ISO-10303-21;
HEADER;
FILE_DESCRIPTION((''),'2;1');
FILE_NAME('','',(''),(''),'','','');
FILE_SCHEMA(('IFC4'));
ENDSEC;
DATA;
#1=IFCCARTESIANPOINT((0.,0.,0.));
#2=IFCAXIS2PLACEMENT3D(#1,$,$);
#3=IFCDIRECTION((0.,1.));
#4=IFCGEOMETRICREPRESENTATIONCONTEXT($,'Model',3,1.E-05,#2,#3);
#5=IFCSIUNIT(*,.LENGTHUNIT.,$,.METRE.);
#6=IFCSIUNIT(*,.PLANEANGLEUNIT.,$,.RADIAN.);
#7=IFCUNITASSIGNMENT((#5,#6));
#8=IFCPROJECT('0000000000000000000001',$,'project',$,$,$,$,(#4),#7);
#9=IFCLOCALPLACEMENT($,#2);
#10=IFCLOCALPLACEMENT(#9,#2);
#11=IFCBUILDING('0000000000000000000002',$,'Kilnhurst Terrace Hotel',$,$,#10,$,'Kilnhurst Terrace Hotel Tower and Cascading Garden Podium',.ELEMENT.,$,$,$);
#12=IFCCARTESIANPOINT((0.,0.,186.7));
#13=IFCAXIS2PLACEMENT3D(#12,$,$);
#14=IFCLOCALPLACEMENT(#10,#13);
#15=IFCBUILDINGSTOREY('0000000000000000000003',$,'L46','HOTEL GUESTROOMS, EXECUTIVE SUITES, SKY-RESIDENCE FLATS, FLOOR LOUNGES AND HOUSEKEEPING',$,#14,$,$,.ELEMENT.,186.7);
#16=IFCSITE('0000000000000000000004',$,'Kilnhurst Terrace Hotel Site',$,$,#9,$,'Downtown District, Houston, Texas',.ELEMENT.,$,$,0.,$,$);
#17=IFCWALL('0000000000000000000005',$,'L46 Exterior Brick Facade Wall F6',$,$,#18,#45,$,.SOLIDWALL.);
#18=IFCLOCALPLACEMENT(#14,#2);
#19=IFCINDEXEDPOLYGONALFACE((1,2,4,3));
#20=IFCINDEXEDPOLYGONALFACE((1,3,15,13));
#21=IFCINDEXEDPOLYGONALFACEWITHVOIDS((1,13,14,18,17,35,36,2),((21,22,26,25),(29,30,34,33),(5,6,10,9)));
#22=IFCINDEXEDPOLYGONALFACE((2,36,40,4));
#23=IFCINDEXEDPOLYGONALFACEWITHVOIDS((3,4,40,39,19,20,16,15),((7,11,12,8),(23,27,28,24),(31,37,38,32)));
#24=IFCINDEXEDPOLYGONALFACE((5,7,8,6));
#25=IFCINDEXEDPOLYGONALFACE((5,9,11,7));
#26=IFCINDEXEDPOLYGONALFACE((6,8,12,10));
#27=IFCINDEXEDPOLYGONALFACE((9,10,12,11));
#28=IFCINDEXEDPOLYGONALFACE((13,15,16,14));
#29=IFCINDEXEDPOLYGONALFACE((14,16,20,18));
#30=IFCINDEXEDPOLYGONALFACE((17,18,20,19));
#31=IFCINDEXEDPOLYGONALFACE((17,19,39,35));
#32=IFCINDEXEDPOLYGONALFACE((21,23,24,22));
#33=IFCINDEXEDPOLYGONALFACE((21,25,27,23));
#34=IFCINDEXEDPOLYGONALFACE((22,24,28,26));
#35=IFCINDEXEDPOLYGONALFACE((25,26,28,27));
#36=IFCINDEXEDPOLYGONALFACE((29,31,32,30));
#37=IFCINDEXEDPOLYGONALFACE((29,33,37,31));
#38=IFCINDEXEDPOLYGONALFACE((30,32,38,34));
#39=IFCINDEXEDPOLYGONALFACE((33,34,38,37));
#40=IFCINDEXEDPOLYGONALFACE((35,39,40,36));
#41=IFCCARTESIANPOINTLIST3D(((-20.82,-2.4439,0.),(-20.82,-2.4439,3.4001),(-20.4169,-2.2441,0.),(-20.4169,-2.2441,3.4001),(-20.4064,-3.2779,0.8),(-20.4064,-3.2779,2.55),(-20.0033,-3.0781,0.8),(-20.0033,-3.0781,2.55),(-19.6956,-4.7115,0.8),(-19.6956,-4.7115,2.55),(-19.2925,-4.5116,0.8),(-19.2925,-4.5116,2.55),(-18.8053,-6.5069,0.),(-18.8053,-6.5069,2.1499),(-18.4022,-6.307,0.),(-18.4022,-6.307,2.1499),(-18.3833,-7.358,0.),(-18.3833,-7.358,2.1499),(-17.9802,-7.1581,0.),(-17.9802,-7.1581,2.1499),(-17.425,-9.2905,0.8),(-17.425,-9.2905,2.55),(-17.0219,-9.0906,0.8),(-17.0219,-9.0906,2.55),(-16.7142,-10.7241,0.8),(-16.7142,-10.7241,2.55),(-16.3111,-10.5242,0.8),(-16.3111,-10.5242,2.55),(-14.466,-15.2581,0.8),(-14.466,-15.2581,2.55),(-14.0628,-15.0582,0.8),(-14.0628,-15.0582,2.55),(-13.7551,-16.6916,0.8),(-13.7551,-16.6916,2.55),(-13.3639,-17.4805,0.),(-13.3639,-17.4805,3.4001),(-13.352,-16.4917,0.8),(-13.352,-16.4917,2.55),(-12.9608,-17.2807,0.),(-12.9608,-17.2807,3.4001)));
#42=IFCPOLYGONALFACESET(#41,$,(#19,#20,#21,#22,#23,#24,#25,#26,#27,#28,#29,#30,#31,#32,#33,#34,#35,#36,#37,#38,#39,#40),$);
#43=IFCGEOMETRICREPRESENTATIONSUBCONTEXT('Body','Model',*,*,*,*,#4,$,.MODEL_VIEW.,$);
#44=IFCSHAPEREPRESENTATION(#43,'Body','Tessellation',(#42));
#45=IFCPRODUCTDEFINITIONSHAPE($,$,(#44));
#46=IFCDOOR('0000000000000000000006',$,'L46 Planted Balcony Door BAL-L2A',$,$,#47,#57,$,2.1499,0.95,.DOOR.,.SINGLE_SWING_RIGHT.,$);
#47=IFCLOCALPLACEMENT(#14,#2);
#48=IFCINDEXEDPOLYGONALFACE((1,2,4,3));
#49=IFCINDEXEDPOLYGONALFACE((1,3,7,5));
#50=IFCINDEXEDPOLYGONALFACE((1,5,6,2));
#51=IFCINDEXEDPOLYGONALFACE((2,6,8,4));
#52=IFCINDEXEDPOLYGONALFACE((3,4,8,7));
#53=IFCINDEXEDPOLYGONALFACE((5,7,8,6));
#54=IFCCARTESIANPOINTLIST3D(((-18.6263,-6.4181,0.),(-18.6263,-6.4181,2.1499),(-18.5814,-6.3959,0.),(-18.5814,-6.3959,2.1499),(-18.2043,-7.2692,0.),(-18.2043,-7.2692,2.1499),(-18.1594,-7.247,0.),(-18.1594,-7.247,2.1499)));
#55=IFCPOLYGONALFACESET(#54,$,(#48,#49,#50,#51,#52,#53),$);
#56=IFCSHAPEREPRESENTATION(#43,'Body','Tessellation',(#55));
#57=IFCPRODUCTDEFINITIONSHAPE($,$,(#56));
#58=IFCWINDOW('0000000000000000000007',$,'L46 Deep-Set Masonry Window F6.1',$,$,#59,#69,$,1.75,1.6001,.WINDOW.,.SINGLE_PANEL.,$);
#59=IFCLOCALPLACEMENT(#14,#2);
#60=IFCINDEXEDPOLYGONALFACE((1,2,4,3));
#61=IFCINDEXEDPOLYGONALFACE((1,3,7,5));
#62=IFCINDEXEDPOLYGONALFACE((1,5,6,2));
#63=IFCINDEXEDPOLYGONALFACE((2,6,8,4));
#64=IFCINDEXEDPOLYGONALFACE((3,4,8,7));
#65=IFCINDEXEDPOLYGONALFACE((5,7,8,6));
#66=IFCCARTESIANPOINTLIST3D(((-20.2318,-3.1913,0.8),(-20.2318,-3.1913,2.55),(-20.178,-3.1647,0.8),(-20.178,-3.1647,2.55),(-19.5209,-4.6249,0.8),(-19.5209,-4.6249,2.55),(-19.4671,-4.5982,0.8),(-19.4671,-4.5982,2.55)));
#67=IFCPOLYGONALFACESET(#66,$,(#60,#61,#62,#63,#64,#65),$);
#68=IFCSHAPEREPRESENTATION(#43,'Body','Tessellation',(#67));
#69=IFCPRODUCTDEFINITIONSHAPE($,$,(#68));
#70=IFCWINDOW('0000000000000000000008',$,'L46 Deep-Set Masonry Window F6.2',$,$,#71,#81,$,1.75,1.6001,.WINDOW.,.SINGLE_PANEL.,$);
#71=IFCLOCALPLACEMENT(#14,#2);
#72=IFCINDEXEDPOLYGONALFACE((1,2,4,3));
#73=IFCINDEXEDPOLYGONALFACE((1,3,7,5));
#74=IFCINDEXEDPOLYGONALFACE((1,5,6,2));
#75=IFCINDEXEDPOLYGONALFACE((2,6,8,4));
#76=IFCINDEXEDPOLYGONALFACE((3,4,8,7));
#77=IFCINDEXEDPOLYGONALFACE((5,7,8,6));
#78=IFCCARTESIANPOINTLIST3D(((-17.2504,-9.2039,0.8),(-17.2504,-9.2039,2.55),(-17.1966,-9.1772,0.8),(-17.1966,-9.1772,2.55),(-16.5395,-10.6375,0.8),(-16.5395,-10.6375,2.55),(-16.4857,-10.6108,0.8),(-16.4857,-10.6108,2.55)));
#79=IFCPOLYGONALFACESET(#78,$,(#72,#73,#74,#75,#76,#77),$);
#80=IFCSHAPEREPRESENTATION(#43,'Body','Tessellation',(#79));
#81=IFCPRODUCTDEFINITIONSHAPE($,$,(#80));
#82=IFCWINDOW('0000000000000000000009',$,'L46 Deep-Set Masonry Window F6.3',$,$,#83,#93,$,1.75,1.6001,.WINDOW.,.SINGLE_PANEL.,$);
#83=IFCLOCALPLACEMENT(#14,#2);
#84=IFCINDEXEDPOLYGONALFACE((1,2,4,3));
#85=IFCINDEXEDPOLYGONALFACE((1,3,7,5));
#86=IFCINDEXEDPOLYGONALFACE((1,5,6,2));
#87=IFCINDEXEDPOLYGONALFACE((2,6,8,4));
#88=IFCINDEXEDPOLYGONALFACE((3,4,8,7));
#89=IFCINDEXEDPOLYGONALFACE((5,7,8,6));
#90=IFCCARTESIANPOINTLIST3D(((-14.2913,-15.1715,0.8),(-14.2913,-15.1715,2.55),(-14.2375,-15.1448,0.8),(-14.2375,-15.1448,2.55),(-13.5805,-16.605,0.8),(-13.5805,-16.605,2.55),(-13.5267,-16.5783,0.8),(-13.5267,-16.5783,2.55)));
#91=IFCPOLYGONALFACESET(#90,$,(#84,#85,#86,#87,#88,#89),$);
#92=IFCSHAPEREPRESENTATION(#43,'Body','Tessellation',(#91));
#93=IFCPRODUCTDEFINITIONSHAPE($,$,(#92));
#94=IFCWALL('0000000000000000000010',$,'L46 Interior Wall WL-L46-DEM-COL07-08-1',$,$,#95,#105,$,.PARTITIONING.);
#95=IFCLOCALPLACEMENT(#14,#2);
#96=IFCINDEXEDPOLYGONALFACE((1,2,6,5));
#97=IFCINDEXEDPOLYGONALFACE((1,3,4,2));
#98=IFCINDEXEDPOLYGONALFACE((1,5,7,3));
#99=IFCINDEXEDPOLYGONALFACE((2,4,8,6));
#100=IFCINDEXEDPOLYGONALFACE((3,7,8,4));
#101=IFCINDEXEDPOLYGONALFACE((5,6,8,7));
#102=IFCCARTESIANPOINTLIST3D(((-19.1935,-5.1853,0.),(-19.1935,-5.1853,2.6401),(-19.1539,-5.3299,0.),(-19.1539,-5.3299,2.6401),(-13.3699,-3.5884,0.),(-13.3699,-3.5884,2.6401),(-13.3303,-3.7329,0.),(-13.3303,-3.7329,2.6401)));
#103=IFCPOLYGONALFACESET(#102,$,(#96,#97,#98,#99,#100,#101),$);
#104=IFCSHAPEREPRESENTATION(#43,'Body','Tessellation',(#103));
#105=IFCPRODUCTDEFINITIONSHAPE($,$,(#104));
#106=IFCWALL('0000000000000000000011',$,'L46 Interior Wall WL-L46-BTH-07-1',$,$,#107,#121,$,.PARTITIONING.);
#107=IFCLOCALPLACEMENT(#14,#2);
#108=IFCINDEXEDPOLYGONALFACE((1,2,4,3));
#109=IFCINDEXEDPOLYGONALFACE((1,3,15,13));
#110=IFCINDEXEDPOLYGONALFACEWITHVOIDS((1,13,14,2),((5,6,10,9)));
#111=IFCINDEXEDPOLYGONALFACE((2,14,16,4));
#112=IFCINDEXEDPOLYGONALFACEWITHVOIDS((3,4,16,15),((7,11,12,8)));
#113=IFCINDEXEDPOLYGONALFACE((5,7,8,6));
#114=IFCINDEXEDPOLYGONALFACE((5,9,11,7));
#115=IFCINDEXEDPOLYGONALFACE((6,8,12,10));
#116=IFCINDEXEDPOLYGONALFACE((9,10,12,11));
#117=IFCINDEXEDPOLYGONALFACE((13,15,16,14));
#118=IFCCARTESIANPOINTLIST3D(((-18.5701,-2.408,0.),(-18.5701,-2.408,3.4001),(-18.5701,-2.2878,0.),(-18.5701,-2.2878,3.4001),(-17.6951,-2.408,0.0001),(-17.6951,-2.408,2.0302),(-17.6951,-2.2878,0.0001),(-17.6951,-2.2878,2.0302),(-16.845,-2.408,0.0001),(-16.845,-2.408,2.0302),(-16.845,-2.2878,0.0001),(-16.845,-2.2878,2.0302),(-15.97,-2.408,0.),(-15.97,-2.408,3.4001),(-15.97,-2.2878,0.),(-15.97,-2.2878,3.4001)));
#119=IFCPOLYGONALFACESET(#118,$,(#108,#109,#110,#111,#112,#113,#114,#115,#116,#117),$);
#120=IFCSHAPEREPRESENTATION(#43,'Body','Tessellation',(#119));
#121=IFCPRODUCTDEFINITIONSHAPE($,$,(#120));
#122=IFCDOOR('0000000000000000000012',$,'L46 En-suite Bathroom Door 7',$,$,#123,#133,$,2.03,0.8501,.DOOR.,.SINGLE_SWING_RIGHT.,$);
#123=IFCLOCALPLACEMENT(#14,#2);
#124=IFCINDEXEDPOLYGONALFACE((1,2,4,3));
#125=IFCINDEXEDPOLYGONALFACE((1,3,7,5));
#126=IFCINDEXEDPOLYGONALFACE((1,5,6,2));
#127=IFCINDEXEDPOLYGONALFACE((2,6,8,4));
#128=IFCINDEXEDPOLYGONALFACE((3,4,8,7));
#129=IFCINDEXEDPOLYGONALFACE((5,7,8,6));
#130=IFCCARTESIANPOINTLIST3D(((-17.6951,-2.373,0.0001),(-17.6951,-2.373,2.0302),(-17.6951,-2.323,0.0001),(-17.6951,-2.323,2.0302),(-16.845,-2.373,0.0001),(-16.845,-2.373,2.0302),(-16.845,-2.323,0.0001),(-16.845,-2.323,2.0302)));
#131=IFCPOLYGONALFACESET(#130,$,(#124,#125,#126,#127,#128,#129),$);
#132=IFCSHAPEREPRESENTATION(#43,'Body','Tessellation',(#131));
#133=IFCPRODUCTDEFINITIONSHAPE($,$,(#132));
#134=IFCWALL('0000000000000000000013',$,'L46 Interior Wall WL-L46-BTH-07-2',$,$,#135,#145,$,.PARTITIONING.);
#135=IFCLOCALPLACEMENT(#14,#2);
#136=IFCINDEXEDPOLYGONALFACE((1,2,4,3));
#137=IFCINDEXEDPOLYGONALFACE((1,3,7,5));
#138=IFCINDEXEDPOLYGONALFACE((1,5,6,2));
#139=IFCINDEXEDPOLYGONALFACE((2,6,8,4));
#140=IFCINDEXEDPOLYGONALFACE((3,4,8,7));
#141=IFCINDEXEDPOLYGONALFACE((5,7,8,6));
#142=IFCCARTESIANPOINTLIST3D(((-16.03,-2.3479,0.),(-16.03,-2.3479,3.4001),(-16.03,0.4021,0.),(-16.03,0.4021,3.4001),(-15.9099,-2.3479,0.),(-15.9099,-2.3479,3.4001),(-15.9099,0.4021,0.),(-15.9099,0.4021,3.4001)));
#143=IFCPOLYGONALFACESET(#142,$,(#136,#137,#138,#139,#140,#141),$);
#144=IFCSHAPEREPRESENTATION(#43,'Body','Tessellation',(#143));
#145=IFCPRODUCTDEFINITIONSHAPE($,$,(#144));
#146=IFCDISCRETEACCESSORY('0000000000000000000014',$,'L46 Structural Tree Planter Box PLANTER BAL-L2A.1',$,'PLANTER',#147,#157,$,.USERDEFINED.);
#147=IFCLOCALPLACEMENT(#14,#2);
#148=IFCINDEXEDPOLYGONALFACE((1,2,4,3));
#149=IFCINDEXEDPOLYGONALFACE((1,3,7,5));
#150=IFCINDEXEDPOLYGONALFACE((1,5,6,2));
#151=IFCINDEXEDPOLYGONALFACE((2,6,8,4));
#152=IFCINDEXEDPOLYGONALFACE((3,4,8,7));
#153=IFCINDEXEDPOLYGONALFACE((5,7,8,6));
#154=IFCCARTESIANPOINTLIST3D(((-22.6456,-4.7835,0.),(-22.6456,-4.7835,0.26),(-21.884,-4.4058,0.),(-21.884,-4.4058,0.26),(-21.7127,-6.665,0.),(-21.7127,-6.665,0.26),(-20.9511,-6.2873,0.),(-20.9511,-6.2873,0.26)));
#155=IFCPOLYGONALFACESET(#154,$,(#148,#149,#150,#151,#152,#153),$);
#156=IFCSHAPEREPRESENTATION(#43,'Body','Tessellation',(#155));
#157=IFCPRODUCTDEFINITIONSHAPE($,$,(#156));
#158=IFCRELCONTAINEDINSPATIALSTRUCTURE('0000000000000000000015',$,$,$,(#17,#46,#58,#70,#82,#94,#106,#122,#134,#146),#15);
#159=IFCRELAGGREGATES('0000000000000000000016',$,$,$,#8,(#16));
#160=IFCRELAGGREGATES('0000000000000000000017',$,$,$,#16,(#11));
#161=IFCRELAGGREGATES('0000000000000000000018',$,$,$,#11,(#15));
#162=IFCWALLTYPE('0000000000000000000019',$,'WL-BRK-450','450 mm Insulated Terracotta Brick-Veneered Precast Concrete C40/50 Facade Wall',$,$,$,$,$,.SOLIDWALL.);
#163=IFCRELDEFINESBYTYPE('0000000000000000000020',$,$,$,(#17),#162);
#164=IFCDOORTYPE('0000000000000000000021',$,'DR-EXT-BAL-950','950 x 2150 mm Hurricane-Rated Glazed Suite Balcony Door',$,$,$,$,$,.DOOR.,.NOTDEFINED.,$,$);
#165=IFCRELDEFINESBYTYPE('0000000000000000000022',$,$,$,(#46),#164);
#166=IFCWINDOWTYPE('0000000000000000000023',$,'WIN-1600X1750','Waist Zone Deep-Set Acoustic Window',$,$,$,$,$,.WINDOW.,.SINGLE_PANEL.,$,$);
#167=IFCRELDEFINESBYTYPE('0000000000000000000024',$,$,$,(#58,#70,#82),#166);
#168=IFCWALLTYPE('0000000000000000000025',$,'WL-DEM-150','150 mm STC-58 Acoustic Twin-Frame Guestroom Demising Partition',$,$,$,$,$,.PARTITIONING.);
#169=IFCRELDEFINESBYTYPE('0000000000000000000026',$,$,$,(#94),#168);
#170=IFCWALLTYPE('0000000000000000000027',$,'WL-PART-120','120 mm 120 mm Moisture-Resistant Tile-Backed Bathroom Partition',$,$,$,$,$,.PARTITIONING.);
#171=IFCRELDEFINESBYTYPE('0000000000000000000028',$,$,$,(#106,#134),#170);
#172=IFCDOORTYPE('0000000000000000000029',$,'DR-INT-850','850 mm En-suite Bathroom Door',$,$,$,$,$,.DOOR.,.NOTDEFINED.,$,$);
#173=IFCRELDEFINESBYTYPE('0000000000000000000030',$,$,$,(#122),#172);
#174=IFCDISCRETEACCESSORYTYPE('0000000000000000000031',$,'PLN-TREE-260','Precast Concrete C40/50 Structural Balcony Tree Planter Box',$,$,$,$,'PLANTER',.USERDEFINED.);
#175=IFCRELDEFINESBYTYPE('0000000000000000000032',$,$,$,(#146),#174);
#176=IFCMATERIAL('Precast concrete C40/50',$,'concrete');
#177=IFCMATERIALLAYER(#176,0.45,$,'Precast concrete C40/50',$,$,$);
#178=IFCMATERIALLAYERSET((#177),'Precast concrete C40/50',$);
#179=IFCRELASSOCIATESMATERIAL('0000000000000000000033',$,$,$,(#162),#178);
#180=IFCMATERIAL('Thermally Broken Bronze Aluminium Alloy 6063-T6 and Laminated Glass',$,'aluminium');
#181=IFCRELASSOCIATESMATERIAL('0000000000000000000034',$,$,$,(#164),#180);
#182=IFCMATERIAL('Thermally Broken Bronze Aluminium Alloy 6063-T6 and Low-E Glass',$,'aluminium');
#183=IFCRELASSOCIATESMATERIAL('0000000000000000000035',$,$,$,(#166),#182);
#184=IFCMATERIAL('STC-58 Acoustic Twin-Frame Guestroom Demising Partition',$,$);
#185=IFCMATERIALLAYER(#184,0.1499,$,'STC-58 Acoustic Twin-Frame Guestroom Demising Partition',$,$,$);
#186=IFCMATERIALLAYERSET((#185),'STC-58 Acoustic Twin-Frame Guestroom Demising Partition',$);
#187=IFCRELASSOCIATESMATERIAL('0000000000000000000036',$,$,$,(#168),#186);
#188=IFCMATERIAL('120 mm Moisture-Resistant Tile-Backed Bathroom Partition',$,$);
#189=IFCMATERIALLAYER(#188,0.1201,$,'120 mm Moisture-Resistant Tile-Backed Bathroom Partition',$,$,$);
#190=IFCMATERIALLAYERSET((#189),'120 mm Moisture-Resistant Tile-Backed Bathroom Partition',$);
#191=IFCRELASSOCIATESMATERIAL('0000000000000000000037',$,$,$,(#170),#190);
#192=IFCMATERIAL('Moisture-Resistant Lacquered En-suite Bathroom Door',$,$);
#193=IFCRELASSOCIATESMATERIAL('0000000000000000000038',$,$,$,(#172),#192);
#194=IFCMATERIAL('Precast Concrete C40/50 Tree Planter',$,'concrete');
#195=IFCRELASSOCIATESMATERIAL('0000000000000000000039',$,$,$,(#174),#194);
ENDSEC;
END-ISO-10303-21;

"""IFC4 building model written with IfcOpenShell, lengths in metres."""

from ifc_helpers import new_model, si_unit, direction, frame, frame_2d, origin, origin_2d, place, context, subcontext, project, spatial, rectangle, extrude, material, layer, layer_set, type_object, element, fill, save


model = new_model("IFC4")

# Units and contexts
model_context = context("Model", 3, precision=1e-05, world=origin(), true_north=direction((0.0, 1.0)))
body_context = subcontext(model_context, "Body", "Model", "MODEL_VIEW")
ifc_project = project(units=[si_unit("LENGTHUNIT", "METRE"), si_unit("PLANEANGLEUNIT", "RADIAN")], contexts=[model_context])

# Site, building, storey
site_placement = place(None, origin())
site = spatial("IfcSite", under=ifc_project, at=site_placement, Name="Kilnhurst Terrace Hotel Site", LongName="Downtown District, Houston, Texas", CompositionType="ELEMENT", RefElevation=0.0)
building_placement = place(site_placement, origin())
building = spatial("IfcBuilding", under=site, at=building_placement, Name="Kilnhurst Terrace Hotel", LongName="Kilnhurst Terrace Hotel Tower and Cascading Garden Podium", CompositionType="ELEMENT")
storey_placement = place(building_placement, frame((0.0, 0.0, 186.7)))
storey = spatial("IfcBuildingStorey", under=building, at=storey_placement, Name="L46", Description="HOTEL GUESTROOMS, EXECUTIVE SUITES, SKY-RESIDENCE FLATS, FLOOR LOUNGES AND HOUSEKEEPING", CompositionType="ELEMENT", Elevation=186.7)

# Shared definitions
ifc_material_1 = material(Name="Precast concrete C40/50", Category="concrete")
ifc_layer_1 = layer(ifc_material_1, 0.45, Name="Precast concrete C40/50")
ifc_layer_set_1 = layer_set([ifc_layer_1], Name="Precast concrete C40/50")
wall_type_1 = type_object("IfcWallType", Name="WL-BRK-450", Description="450 mm Insulated Terracotta Brick-Veneered Precast Concrete C40/50 Facade Wall", PredefinedType="SOLIDWALL", material=ifc_layer_set_1)

# Wall, openings, door, windows
wall_1_placement = place(storey_placement, frame((-20.6184, -2.344, 0.0), z_axis=(0.0, 0.0, 1.0), x_axis=(0.444244, -0.895906, 0.0)))
wall_1 = element("IfcWall", 1, at=wall_1_placement, inside=storey, type_object=wall_type_1, Name="L46 Exterior Brick Facade Wall F6", PredefinedType="SOLIDWALL", context=body_context, shape_type="SweptSolid", body=[
    extrude(rectangle(XDim=16.7837, YDim=0.45, at=frame_2d((8.3918, 0.0))), origin(), (0.0, 0.0, 1.0), 3.4001),
])
opening_1_placement = place(wall_1_placement, frame((4.5349, 0.0, 0.0)))
opening_1 = element("IfcOpeningElement", 2, at=opening_1_placement, cuts=wall_1, PredefinedType="OPENING", context=body_context, shape_type="SweptSolid", body=[
    extrude(rectangle(XDim=0.95, YDim=2.1499, at=frame_2d((0.4751, 1.075))), frame((0.0, 0.2349, 0.0), z_axis=(0.0, -1.0, 0.0), x_axis=(1.0, 0.0, 0.0)), (0.0, 0.0, 1.0), 0.47),
])
opening_2_placement = place(wall_1_placement, frame((0.9309, 0.0, 0.8)))
opening_2 = element("IfcOpeningElement", 3, at=opening_2_placement, cuts=wall_1, PredefinedType="OPENING", context=body_context, shape_type="SweptSolid", body=[
    extrude(rectangle(XDim=1.6001, YDim=1.75, at=frame_2d((0.8, 0.875))), frame((0.0, 0.2349, 0.0), z_axis=(0.0, -1.0, 0.0), x_axis=(1.0, 0.0, 0.0)), (0.0, 0.0, 1.0), 0.47),
])
opening_3_placement = place(wall_1_placement, frame((7.6421, 0.0, 0.8)))
opening_3 = element("IfcOpeningElement", 4, at=opening_3_placement, cuts=wall_1, PredefinedType="OPENING", context=body_context, shape_type="SweptSolid", body=[
    extrude(rectangle(XDim=1.6001, YDim=1.75, at=frame_2d((0.8, 0.875))), frame((0.0, 0.2349, 0.0), z_axis=(0.0, -1.0, 0.0), x_axis=(1.0, 0.0, 0.0)), (0.0, 0.0, 1.0), 0.47),
])
opening_4_placement = place(wall_1_placement, frame((14.303, 0.0, 0.8)))
opening_4 = element("IfcOpeningElement", 5, at=opening_4_placement, cuts=wall_1, PredefinedType="OPENING", context=body_context, shape_type="SweptSolid", body=[
    extrude(rectangle(XDim=1.6001, YDim=1.75, at=frame_2d((0.8, 0.875))), frame((0.0, 0.2349, 0.0), z_axis=(0.0, -1.0, 0.0), x_axis=(1.0, 0.0, 0.0)), (0.0, 0.0, 1.0), 0.47),
])
ifc_material_2 = material(Name="Thermally Broken Bronze Aluminium Alloy 6063-T6 and Laminated Glass", Category="aluminium")
door_type_1 = type_object("IfcDoorType", Name="DR-EXT-BAL-950", Description="950 x 2150 mm Hurricane-Rated Glazed Suite Balcony Door", OperationType="NOTDEFINED", PredefinedType="DOOR", material=ifc_material_2)
door_1_placement = place(opening_1_placement, origin())
door_1 = element("IfcDoor", 6, at=door_1_placement, inside=storey, type_object=door_type_1, Name="L46 Planted Balcony Door BAL-L2A", OperationType="SINGLE_SWING_RIGHT", OverallHeight=2.1499, OverallWidth=0.95, PredefinedType="DOOR", context=body_context, shape_type="SweptSolid", body=[
    extrude(rectangle(XDim=0.95, YDim=2.1499, at=frame_2d((0.4751, 1.075))), frame((0.0, 0.0249, 0.0), z_axis=(0.0, -1.0, 0.0), x_axis=(1.0, 0.0, 0.0)), (0.0, 0.0, 1.0), 0.05),
])
fill(opening_1, door_1)
ifc_material_3 = material(Name="Thermally Broken Bronze Aluminium Alloy 6063-T6 and Low-E Glass", Category="aluminium")
window_type = type_object("IfcWindowType", Name="WIN-1600X1750", Description="Waist Zone Deep-Set Acoustic Window", PartitioningType="SINGLE_PANEL", PredefinedType="WINDOW", material=ifc_material_3)
window_1_placement = place(opening_2_placement, origin())
window_1 = element("IfcWindow", 7, at=window_1_placement, inside=storey, type_object=window_type, Name="L46 Deep-Set Masonry Window F6.1", OverallHeight=1.75, OverallWidth=1.6001, PartitioningType="SINGLE_PANEL", PredefinedType="WINDOW", context=body_context, shape_type="SweptSolid", body=[
    extrude(rectangle(XDim=1.6001, YDim=1.75, at=frame_2d((0.8, 0.875))), frame((0.0, 0.03, 0.0), z_axis=(0.0, -1.0, 0.0), x_axis=(1.0, 0.0, 0.0)), (0.0, 0.0, 1.0), 0.0601),
])
fill(opening_2, window_1)
window_2_placement = place(opening_3_placement, origin())
window_2 = element("IfcWindow", 8, at=window_2_placement, inside=storey, type_object=window_type, Name="L46 Deep-Set Masonry Window F6.2", OverallHeight=1.75, OverallWidth=1.6001, PartitioningType="SINGLE_PANEL", PredefinedType="WINDOW", context=body_context, shape_type="SweptSolid", body=[
    extrude(rectangle(XDim=1.6001, YDim=1.75, at=frame_2d((0.8, 0.875))), frame((0.0, 0.03, 0.0), z_axis=(0.0, -1.0, 0.0), x_axis=(1.0, 0.0, 0.0)), (0.0, 0.0, 1.0), 0.0601),
])
fill(opening_3, window_2)
window_3_placement = place(opening_4_placement, origin())
window_3 = element("IfcWindow", 9, at=window_3_placement, inside=storey, type_object=window_type, Name="L46 Deep-Set Masonry Window F6.3", OverallHeight=1.75, OverallWidth=1.6001, PartitioningType="SINGLE_PANEL", PredefinedType="WINDOW", context=body_context, shape_type="SweptSolid", body=[
    extrude(rectangle(XDim=1.6001, YDim=1.75, at=frame_2d((0.8, 0.875))), frame((0.0, 0.03, 0.0), z_axis=(0.0, -1.0, 0.0), x_axis=(1.0, 0.0, 0.0)), (0.0, 0.0, 1.0), 0.0601),
])
fill(opening_4, window_3)

# Wall
ifc_material_4 = material(Name="STC-58 Acoustic Twin-Frame Guestroom Demising Partition")
ifc_layer_2 = layer(ifc_material_4, 0.1499, Name="STC-58 Acoustic Twin-Frame Guestroom Demising Partition")
ifc_layer_set_2 = layer_set([ifc_layer_2], Name="STC-58 Acoustic Twin-Frame Guestroom Demising Partition")
wall_type_2 = type_object("IfcWallType", Name="WL-DEM-150", Description="150 mm STC-58 Acoustic Twin-Frame Guestroom Demising Partition", PredefinedType="PARTITIONING", material=ifc_layer_set_2)
wall_2_placement = place(storey_placement, frame((-13.3501, -3.6606, 0.0), z_axis=(0.0, 0.0, 1.0), x_axis=(-0.964397, -0.264458, 0.0)))
element("IfcWall", 10, at=wall_2_placement, inside=storey, type_object=wall_type_2, Name="L46 Interior Wall WL-L46-DEM-COL07-08-1", PredefinedType="PARTITIONING", context=body_context, shape_type="SweptSolid", body=[
    extrude(rectangle(XDim=6.0386, YDim=0.1499, at=frame_2d((3.0193, 0.0))), origin(), (0.0, 0.0, 1.0), 2.6401),
])

# Wall, opening, door
ifc_material_5 = material(Name="120 mm Moisture-Resistant Tile-Backed Bathroom Partition")
ifc_layer_3 = layer(ifc_material_5, 0.1201, Name="120 mm Moisture-Resistant Tile-Backed Bathroom Partition")
ifc_layer_set_3 = layer_set([ifc_layer_3], Name="120 mm Moisture-Resistant Tile-Backed Bathroom Partition")
wall_type_3 = type_object("IfcWallType", Name="WL-PART-120", Description="120 mm 120 mm Moisture-Resistant Tile-Backed Bathroom Partition", PredefinedType="PARTITIONING", material=ifc_layer_set_3)
wall_3_placement = place(storey_placement, frame((-18.5701, -2.3479, 0.0), z_axis=(0.0, 0.0, 1.0), x_axis=(1.0, 0.0, 0.0)))
wall_3 = element("IfcWall", 11, at=wall_3_placement, inside=storey, type_object=wall_type_3, Name="L46 Interior Wall WL-L46-BTH-07-1", PredefinedType="PARTITIONING", context=body_context, shape_type="SweptSolid", body=[
    extrude(rectangle(XDim=2.6001, YDim=0.1201, at=frame_2d((1.3, 0.0))), origin(), (0.0, 0.0, 1.0), 3.4001),
])
opening_5_placement = place(wall_3_placement, frame((0.875, 0.0, 0.0)))
opening_5 = element("IfcOpeningElement", 12, at=opening_5_placement, cuts=wall_3, PredefinedType="OPENING", context=body_context, shape_type="SweptSolid", body=[
    extrude(rectangle(XDim=0.8501, YDim=2.03, at=frame_2d((0.425, 1.0151))), frame((0.0, 0.0701, 0.0), z_axis=(0.0, -1.0, 0.0), x_axis=(1.0, 0.0, 0.0)), (0.0, 0.0, 1.0), 0.1401),
])
ifc_material_6 = material(Name="Moisture-Resistant Lacquered En-suite Bathroom Door")
door_type_2 = type_object("IfcDoorType", Name="DR-INT-850", Description="850 mm En-suite Bathroom Door", OperationType="NOTDEFINED", PredefinedType="DOOR", material=ifc_material_6)
door_2_placement = place(opening_5_placement, origin())
door_2 = element("IfcDoor", 13, at=door_2_placement, inside=storey, type_object=door_type_2, Name="L46 En-suite Bathroom Door 7", OperationType="SINGLE_SWING_RIGHT", OverallHeight=2.03, OverallWidth=0.8501, PredefinedType="DOOR", context=body_context, shape_type="SweptSolid", body=[
    extrude(rectangle(XDim=0.8501, YDim=2.03, at=frame_2d((0.425, 1.0151))), frame((0.0, 0.0249, 0.0), z_axis=(0.0, -1.0, 0.0), x_axis=(1.0, 0.0, 0.0)), (0.0, 0.0, 1.0), 0.05),
])
fill(opening_5, door_2)

# Wall
wall_4_placement = place(storey_placement, frame((-15.97, -2.3479, 0.0), z_axis=(0.0, 0.0, 1.0), x_axis=(0.0, 1.0, 0.0)))
element("IfcWall", 14, at=wall_4_placement, inside=storey, type_object=wall_type_3, Name="L46 Interior Wall WL-L46-BTH-07-2", PredefinedType="PARTITIONING", context=body_context, shape_type="SweptSolid", body=[
    extrude(rectangle(XDim=2.75, YDim=0.1201, at=frame_2d((1.375, 0.0))), origin(), (0.0, 0.0, 1.0), 3.4001),
])

# Discrete accessory
ifc_material_7 = material(Name="Precast Concrete C40/50 Tree Planter", Category="concrete")
discrete_accessory_type = type_object("IfcDiscreteAccessoryType", Name="PLN-TREE-260", Description="Precast Concrete C40/50 Structural Balcony Tree Planter Box", ElementType="PLANTER", PredefinedType="USERDEFINED", material=ifc_material_7)
discrete_accessory_placement = place(storey_placement, frame((-21.7983, -5.5354, 0.0), z_axis=(0.0, 0.0, 1.0), x_axis=(0.444244, -0.895906, 0.0)))
element("IfcDiscreteAccessory", 15, at=discrete_accessory_placement, inside=storey, type_object=discrete_accessory_type, Name="L46 Structural Tree Planter Box PLANTER BAL-L2A.1", ObjectType="PLANTER", PredefinedType="USERDEFINED", context=body_context, shape_type="SweptSolid", body=[
    extrude(rectangle(XDim=2.1001, YDim=0.8501, at=origin_2d()), origin(), (0.0, 0.0, 1.0), 0.26),
])

save(model, "model.ifc")
